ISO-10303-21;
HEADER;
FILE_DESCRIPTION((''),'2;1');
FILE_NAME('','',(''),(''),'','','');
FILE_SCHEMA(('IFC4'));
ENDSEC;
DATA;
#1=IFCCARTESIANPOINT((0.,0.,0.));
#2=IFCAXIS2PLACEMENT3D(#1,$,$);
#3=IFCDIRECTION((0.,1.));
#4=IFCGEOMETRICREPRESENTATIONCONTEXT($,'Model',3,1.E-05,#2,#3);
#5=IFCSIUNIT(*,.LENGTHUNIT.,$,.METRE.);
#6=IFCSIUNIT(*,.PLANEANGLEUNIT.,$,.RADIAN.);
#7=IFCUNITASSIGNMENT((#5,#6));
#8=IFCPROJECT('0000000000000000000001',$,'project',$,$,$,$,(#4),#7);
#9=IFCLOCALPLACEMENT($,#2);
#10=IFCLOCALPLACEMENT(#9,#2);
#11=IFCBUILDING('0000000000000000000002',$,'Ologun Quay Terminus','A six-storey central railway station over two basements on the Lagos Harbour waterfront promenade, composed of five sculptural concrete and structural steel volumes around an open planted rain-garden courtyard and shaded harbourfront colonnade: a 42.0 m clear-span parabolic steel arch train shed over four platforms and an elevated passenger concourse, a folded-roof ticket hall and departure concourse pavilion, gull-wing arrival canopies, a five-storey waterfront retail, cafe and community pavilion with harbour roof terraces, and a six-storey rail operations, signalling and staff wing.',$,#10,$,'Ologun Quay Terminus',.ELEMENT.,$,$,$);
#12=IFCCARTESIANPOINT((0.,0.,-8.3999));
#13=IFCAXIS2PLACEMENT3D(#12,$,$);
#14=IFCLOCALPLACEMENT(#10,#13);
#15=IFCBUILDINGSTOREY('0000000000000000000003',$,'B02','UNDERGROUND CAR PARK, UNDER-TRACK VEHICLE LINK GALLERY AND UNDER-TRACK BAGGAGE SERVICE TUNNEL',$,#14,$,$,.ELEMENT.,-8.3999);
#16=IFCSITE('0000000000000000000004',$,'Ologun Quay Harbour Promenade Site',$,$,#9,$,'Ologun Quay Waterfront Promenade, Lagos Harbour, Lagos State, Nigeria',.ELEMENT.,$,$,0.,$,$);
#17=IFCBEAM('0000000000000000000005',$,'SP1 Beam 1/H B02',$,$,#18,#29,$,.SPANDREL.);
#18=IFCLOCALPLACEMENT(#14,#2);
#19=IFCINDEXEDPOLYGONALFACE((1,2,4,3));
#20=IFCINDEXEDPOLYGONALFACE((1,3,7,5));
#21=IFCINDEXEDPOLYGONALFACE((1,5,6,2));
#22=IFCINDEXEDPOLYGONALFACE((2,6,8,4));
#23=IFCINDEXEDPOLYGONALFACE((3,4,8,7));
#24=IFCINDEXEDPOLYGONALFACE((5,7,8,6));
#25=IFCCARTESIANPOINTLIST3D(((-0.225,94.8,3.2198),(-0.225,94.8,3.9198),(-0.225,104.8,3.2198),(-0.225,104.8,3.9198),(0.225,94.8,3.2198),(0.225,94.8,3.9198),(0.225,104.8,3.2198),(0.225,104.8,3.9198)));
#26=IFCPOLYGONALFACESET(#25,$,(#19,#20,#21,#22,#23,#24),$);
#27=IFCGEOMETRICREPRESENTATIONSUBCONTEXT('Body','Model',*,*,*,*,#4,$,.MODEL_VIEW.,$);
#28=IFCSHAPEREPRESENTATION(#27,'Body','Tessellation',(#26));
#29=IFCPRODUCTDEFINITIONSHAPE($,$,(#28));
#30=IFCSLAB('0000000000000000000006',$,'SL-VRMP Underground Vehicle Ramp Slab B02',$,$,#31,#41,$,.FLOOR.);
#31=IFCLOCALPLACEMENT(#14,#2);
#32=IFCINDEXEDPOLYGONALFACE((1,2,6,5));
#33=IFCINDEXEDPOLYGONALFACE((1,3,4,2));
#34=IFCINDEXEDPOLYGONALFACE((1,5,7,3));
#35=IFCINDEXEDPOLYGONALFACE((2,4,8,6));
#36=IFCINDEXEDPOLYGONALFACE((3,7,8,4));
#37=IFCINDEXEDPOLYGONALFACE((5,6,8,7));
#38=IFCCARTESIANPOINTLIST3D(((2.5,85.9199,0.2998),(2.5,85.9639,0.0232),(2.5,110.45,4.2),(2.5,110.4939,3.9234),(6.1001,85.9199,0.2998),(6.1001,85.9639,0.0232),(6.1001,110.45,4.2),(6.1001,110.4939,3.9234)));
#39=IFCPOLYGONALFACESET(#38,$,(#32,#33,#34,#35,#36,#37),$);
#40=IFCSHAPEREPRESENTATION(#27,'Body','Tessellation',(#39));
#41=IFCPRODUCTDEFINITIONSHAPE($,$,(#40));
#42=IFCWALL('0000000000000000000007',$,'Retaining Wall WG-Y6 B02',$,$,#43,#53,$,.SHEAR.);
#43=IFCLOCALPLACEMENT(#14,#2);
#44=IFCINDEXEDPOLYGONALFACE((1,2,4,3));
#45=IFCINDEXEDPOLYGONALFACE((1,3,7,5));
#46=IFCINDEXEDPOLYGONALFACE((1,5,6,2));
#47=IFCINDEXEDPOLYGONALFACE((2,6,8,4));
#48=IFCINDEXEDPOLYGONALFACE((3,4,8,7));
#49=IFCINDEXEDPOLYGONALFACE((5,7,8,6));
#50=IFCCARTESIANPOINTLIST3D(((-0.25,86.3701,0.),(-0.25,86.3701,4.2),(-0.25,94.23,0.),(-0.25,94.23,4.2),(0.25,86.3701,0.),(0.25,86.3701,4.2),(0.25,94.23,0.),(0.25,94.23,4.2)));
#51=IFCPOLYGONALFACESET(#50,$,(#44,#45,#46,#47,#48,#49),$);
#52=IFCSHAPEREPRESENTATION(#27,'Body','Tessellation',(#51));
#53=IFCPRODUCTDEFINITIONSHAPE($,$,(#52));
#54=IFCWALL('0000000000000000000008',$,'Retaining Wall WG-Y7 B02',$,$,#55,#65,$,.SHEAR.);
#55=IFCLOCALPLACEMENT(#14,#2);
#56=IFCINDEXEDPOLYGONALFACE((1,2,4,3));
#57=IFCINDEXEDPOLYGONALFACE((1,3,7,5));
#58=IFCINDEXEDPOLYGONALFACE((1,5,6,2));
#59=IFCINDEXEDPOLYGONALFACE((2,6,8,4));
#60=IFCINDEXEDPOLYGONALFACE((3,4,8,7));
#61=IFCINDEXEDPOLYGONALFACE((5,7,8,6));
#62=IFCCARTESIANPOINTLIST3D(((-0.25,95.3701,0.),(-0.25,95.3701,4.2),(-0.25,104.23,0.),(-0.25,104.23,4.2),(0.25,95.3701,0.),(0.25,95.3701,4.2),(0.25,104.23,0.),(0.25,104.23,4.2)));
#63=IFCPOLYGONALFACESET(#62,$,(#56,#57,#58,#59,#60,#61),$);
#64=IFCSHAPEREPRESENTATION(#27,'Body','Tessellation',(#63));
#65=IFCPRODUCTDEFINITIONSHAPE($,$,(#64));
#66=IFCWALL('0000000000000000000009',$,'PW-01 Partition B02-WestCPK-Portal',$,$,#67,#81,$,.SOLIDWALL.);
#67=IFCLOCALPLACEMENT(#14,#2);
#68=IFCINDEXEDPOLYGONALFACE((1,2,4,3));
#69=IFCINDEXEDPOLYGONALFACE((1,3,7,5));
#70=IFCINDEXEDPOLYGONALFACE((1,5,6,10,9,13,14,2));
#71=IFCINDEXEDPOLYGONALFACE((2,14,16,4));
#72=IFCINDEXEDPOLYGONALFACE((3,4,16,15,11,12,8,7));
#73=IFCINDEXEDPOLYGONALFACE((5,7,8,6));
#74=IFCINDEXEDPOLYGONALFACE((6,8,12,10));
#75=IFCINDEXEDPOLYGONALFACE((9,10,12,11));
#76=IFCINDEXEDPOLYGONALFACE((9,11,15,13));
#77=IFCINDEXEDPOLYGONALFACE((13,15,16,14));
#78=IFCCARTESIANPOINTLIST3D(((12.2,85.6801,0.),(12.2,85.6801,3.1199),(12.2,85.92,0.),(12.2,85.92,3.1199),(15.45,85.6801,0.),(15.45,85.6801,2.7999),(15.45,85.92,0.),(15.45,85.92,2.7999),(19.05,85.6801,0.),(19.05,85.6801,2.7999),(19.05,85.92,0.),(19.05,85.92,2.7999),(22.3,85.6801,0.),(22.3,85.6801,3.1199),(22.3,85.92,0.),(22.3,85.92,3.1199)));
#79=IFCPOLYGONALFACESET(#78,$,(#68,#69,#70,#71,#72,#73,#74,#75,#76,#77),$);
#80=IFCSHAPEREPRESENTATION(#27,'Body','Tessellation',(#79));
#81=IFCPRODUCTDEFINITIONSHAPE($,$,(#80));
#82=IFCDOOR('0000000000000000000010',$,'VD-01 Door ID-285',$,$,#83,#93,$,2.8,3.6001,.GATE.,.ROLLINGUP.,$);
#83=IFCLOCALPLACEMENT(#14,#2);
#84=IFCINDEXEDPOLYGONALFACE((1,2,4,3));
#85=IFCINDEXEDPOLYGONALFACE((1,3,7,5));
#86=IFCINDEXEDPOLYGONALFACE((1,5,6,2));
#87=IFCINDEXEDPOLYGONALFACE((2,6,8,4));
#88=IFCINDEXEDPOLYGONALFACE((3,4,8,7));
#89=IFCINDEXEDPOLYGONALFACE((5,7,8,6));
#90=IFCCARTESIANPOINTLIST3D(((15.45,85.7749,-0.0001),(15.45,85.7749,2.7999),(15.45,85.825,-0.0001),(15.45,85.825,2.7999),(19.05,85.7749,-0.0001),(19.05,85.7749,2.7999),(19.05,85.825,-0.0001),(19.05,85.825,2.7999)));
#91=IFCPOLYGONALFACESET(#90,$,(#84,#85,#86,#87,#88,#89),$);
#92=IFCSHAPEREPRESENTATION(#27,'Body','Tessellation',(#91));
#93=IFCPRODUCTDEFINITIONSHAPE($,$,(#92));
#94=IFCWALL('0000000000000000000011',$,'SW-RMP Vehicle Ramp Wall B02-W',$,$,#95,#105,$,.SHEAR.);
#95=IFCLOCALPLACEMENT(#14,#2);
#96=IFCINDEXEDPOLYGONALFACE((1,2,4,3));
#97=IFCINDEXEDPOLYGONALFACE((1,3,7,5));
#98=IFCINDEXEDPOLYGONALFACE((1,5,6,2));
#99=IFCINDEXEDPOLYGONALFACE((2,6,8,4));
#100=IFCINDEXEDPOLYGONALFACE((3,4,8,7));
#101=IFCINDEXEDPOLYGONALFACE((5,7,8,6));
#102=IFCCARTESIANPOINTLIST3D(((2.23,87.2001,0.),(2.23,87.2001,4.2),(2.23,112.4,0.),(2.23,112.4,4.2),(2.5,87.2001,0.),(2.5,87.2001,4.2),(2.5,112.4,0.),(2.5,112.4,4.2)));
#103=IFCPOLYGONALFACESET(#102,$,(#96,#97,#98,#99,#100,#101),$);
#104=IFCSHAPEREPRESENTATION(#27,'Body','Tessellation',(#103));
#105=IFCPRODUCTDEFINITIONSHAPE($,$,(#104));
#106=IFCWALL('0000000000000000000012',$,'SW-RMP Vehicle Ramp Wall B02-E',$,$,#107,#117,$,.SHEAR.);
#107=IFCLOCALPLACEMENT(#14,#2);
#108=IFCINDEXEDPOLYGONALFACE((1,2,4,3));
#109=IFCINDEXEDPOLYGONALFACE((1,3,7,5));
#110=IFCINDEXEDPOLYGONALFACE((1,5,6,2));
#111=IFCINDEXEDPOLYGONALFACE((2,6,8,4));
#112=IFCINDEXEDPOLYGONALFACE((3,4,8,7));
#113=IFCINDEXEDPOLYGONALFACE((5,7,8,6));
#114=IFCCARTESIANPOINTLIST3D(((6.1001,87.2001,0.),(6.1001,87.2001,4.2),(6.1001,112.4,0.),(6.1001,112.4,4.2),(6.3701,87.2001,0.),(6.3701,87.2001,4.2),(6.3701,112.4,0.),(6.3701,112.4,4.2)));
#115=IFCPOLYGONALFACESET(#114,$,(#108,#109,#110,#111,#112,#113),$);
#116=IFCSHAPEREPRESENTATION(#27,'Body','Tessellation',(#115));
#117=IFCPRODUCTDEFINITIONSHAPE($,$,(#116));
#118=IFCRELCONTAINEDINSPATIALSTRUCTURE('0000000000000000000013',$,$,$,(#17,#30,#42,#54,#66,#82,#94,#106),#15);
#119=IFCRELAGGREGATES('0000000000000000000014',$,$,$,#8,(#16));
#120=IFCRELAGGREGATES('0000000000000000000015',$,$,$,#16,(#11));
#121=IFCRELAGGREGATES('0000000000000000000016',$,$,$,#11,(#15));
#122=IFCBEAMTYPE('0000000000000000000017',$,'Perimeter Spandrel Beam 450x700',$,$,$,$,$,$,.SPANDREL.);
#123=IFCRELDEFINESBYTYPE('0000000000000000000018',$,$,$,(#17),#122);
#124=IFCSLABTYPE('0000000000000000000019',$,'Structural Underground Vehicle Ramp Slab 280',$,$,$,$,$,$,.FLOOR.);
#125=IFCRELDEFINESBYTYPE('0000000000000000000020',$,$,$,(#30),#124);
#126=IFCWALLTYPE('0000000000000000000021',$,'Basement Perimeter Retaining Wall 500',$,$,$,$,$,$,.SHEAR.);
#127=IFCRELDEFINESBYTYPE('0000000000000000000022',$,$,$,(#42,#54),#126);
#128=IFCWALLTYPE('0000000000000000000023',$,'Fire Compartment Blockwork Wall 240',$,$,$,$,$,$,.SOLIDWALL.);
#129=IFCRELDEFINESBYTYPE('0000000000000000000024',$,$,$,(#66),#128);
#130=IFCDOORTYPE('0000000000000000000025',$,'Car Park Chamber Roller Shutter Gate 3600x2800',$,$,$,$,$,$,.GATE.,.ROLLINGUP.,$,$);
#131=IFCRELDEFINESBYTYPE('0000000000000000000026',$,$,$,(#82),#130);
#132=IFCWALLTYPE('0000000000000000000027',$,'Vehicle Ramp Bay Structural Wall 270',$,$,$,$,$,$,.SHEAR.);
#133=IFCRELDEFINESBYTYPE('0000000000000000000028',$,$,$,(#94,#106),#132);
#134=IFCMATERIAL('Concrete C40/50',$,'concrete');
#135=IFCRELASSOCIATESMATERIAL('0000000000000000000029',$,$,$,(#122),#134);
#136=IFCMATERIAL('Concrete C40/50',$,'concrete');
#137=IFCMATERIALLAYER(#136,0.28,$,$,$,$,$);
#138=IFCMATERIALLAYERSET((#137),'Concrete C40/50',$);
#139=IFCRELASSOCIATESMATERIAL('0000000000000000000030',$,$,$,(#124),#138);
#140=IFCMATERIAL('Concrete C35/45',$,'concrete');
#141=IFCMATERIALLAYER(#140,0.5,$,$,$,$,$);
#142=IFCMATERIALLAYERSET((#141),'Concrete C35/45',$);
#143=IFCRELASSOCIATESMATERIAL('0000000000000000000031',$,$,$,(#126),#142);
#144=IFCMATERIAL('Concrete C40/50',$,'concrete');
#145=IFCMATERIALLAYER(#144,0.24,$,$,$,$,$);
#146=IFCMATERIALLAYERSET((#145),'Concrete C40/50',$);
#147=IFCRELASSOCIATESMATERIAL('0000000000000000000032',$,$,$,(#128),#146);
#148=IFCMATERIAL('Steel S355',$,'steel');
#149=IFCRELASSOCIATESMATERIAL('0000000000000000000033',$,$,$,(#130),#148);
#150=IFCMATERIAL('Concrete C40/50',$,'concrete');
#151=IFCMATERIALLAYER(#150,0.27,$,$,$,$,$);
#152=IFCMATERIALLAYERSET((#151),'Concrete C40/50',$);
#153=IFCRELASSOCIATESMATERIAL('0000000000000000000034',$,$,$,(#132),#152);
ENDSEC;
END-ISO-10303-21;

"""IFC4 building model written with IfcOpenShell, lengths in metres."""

from ifc_helpers import new_model, si_unit, direction, frame, frame_2d, origin, origin_2d, place, context, subcontext, project, spatial, polyline, rectangle, outline, extrude, material, layer, layer_set, material_profile, profile_set, type_object, element, fill, save


model = new_model("IFC4")

# Units and contexts
model_context = context("Model", 3, precision=1e-05, world=origin(), true_north=direction((0.0, 1.0)))
body_context = subcontext(model_context, "Body", "Model", "MODEL_VIEW")
ifc_project = project(units=[si_unit("LENGTHUNIT", "METRE"), si_unit("PLANEANGLEUNIT", "RADIAN")], contexts=[model_context])

# Site, building, storey
site_placement = place(None, origin())
site = spatial("IfcSite", under=ifc_project, at=site_placement, Name="Ologun Quay Harbour Promenade Site", LongName="Ologun Quay Waterfront Promenade, Lagos Harbour, Lagos State, Nigeria", CompositionType="ELEMENT", RefElevation=0.0)
building_placement = place(site_placement, origin())
building = spatial("IfcBuilding", under=site, at=building_placement, Name="Ologun Quay Terminus", Description="A six-storey central railway station over two basements on the Lagos Harbour waterfront promenade, composed of five sculptural concrete and structural steel volumes around an open planted rain-garden courtyard and shaded harbourfront colonnade: a 42.0 m clear-span parabolic steel arch train shed over four platforms and an elevated passenger concourse, a folded-roof ticket hall and departure concourse pavilion, gull-wing arrival canopies, a five-storey waterfront retail, cafe and community pavilion with harbour roof terraces, and a six-storey rail operations, signalling and staff wing.", LongName="Ologun Quay Terminus", CompositionType="ELEMENT")
storey_placement = place(building_placement, frame((0.0, 0.0, -8.3999)))
storey = spatial("IfcBuildingStorey", under=building, at=storey_placement, Name="B02", Description="UNDERGROUND CAR PARK, UNDER-TRACK VEHICLE LINK GALLERY AND UNDER-TRACK BAGGAGE SERVICE TUNNEL", CompositionType="ELEMENT", Elevation=-8.3999)

# Beam
ifc_material_1 = material(Name="Concrete C40/50", Category="concrete")
ifc_material_profile_1 = material_profile(ifc_material_1, rectangle(XDim=0.45, YDim=0.7, at=origin_2d()), Name="RC 450x700")
ifc_profile_set_1 = profile_set([ifc_material_profile_1], Name="Concrete C40/50")
beam_type_1 = type_object("IfcBeamType", Name="Perimeter Spandrel Beam 450x700", PredefinedType="SPANDREL", material=ifc_profile_set_1)
beam_1_placement = place(storey_placement, frame((0.0, 94.8, 3.5698), z_axis=(0.0, 1.0, 0.0), x_axis=(-1.0, 0.0, 0.0)))
element("IfcBeam", 1, at=beam_1_placement, inside=storey, type_object=beam_type_1, Name="SP1 Beam 1/H B02", PredefinedType="SPANDREL", context=body_context, shape_type="SweptSolid", body=[
    extrude(rectangle(XDim=0.45, YDim=0.7, at=origin_2d()), origin(), (0.0, 0.0, 1.0), 10.0),
])

# Slab
ifc_material_2 = material(Name="Concrete C40/50", Category="concrete")
ifc_layer_1 = layer(ifc_material_2, 0.28)
ifc_layer_set_1 = layer_set([ifc_layer_1], Name="Concrete C40/50")
slab_type = type_object("IfcSlabType", Name="Structural Underground Vehicle Ramp Slab 280", PredefinedType="FLOOR", material=ifc_layer_set_1)
slab_placement = place(storey_placement, frame((2.5, 85.9199, 0.2998), z_axis=(0.0, -0.157022, 0.987595), x_axis=(0.0, 0.987595, 0.157022)))
element("IfcSlab", 2, at=slab_placement, inside=storey, type_object=slab_type, Name="SL-VRMP Underground Vehicle Ramp Slab B02", PredefinedType="FLOOR", context=body_context, shape_type="SweptSolid", body=[
    extrude(outline(polyline([(0.0, 0.0), (24.8381, 0.0), (24.8381, -3.6001), (0.0, -3.6001), (0.0, 0.0)])), origin(), (0.0, 0.0, -1.0), 0.28),
])

# Walls
ifc_material_3 = material(Name="Concrete C35/45", Category="concrete")
ifc_layer_2 = layer(ifc_material_3, 0.5)
ifc_layer_set_2 = layer_set([ifc_layer_2], Name="Concrete C35/45")
wall_type_1 = type_object("IfcWallType", Name="Basement Perimeter Retaining Wall 500", PredefinedType="SHEAR", material=ifc_layer_set_2)
wall_1_placement = place(storey_placement, frame((0.0, 86.3701, 0.0), z_axis=(0.0, 0.0, 1.0), x_axis=(0.0, 1.0, 0.0)))
element("IfcWall", 3, at=wall_1_placement, inside=storey, type_object=wall_type_1, Name="Retaining Wall WG-Y6 B02", PredefinedType="SHEAR", context=body_context, shape_type="SweptSolid", body=[
    extrude(rectangle(XDim=7.8599, YDim=0.5, at=frame_2d((3.9299, 0.0))), origin(), (0.0, 0.0, 1.0), 4.2),
])
wall_2_placement = place(storey_placement, frame((0.0, 95.3701, 0.0), z_axis=(0.0, 0.0, 1.0), x_axis=(0.0, 1.0, 0.0)))
element("IfcWall", 4, at=wall_2_placement, inside=storey, type_object=wall_type_1, Name="Retaining Wall WG-Y7 B02", PredefinedType="SHEAR", context=body_context, shape_type="SweptSolid", body=[
    extrude(rectangle(XDim=8.8599, YDim=0.5, at=frame_2d((4.4299, 0.0))), origin(), (0.0, 0.0, 1.0), 4.2),
])

# Wall, opening, door
ifc_material_4 = material(Name="Concrete C40/50", Category="concrete")
ifc_layer_3 = layer(ifc_material_4, 0.24)
ifc_layer_set_3 = layer_set([ifc_layer_3], Name="Concrete C40/50")
wall_type_2 = type_object("IfcWallType", Name="Fire Compartment Blockwork Wall 240", PredefinedType="SOLIDWALL", material=ifc_layer_set_3)
wall_3_placement = place(storey_placement, frame((12.2, 85.8, 0.0), z_axis=(0.0, 0.0, 1.0), x_axis=(1.0, 0.0, 0.0)))
wall_3 = element("IfcWall", 5, at=wall_3_placement, inside=storey, type_object=wall_type_2, Name="PW-01 Partition B02-WestCPK-Portal", PredefinedType="SOLIDWALL", context=body_context, shape_type="SweptSolid", body=[
    extrude(rectangle(XDim=10.1001, YDim=0.24, at=frame_2d((5.05, 0.0))), origin(), (0.0, 0.0, 1.0), 3.1199),
])
opening_placement = place(wall_3_placement, frame((3.25, 0.0, 0.0)))
opening = element("IfcOpeningElement", 6, at=opening_placement, cuts=wall_3, PredefinedType="OPENING", context=body_context, shape_type="SweptSolid", body=[
    extrude(rectangle(XDim=3.6001, YDim=2.8, at=frame_2d((1.8, 1.3999))), frame((0.0, 0.1299, 0.0), z_axis=(0.0, -1.0, 0.0), x_axis=(1.0, 0.0, 0.0)), (0.0, 0.0, 1.0), 0.26),
])
ifc_material_5 = material(Name="Steel S355", Category="steel")
door_type = type_object("IfcDoorType", Name="Car Park Chamber Roller Shutter Gate 3600x2800", OperationType="ROLLINGUP", PredefinedType="GATE", material=ifc_material_5)
door_placement = place(opening_placement, origin())
door = element("IfcDoor", 7, at=door_placement, inside=storey, type_object=door_type, Name="VD-01 Door ID-285", OperationType="ROLLINGUP", OverallHeight=2.8, OverallWidth=3.6001, PredefinedType="GATE", context=body_context, shape_type="SweptSolid", body=[
    extrude(rectangle(XDim=3.6001, YDim=2.8, at=frame_2d((1.8, 1.3999))), frame((0.0, 0.0249, 0.0), z_axis=(0.0, -1.0, 0.0), x_axis=(1.0, 0.0, 0.0)), (0.0, 0.0, 1.0), 0.05),
])
fill(opening, door)

# Walls
ifc_material_6 = material(Name="Concrete C40/50", Category="concrete")
ifc_layer_4 = layer(ifc_material_6, 0.27)
ifc_layer_set_4 = layer_set([ifc_layer_4], Name="Concrete C40/50")
wall_type_3 = type_object("IfcWallType", Name="Vehicle Ramp Bay Structural Wall 270", PredefinedType="SHEAR", material=ifc_layer_set_4)
for number, where, z_axis, x_axis, name in (
    (8, (2.365, 87.2, 0.0), (0.0, 0.0, 1.0), (0.0, 1.0, 0.0), "SW-RMP Vehicle Ramp Wall B02-W"),
    (9, (6.2351, 87.2, 0.0), (0.0, 0.0, 1.0), (0.0, 1.0, 0.0), "SW-RMP Vehicle Ramp Wall B02-E"),
):
    element("IfcWall", number, at=place(storey_placement, frame(where, z_axis=z_axis, x_axis=x_axis)), inside=storey, type_object=wall_type_3, Name=name, PredefinedType="SHEAR", context=body_context, shape_type="SweptSolid", body=[
        extrude(rectangle(XDim=25.2, YDim=0.27, at=frame_2d((12.6001, 0.0))), origin(), (0.0, 0.0, 1.0), 4.2),
    ])

save(model, "model.ifc")
